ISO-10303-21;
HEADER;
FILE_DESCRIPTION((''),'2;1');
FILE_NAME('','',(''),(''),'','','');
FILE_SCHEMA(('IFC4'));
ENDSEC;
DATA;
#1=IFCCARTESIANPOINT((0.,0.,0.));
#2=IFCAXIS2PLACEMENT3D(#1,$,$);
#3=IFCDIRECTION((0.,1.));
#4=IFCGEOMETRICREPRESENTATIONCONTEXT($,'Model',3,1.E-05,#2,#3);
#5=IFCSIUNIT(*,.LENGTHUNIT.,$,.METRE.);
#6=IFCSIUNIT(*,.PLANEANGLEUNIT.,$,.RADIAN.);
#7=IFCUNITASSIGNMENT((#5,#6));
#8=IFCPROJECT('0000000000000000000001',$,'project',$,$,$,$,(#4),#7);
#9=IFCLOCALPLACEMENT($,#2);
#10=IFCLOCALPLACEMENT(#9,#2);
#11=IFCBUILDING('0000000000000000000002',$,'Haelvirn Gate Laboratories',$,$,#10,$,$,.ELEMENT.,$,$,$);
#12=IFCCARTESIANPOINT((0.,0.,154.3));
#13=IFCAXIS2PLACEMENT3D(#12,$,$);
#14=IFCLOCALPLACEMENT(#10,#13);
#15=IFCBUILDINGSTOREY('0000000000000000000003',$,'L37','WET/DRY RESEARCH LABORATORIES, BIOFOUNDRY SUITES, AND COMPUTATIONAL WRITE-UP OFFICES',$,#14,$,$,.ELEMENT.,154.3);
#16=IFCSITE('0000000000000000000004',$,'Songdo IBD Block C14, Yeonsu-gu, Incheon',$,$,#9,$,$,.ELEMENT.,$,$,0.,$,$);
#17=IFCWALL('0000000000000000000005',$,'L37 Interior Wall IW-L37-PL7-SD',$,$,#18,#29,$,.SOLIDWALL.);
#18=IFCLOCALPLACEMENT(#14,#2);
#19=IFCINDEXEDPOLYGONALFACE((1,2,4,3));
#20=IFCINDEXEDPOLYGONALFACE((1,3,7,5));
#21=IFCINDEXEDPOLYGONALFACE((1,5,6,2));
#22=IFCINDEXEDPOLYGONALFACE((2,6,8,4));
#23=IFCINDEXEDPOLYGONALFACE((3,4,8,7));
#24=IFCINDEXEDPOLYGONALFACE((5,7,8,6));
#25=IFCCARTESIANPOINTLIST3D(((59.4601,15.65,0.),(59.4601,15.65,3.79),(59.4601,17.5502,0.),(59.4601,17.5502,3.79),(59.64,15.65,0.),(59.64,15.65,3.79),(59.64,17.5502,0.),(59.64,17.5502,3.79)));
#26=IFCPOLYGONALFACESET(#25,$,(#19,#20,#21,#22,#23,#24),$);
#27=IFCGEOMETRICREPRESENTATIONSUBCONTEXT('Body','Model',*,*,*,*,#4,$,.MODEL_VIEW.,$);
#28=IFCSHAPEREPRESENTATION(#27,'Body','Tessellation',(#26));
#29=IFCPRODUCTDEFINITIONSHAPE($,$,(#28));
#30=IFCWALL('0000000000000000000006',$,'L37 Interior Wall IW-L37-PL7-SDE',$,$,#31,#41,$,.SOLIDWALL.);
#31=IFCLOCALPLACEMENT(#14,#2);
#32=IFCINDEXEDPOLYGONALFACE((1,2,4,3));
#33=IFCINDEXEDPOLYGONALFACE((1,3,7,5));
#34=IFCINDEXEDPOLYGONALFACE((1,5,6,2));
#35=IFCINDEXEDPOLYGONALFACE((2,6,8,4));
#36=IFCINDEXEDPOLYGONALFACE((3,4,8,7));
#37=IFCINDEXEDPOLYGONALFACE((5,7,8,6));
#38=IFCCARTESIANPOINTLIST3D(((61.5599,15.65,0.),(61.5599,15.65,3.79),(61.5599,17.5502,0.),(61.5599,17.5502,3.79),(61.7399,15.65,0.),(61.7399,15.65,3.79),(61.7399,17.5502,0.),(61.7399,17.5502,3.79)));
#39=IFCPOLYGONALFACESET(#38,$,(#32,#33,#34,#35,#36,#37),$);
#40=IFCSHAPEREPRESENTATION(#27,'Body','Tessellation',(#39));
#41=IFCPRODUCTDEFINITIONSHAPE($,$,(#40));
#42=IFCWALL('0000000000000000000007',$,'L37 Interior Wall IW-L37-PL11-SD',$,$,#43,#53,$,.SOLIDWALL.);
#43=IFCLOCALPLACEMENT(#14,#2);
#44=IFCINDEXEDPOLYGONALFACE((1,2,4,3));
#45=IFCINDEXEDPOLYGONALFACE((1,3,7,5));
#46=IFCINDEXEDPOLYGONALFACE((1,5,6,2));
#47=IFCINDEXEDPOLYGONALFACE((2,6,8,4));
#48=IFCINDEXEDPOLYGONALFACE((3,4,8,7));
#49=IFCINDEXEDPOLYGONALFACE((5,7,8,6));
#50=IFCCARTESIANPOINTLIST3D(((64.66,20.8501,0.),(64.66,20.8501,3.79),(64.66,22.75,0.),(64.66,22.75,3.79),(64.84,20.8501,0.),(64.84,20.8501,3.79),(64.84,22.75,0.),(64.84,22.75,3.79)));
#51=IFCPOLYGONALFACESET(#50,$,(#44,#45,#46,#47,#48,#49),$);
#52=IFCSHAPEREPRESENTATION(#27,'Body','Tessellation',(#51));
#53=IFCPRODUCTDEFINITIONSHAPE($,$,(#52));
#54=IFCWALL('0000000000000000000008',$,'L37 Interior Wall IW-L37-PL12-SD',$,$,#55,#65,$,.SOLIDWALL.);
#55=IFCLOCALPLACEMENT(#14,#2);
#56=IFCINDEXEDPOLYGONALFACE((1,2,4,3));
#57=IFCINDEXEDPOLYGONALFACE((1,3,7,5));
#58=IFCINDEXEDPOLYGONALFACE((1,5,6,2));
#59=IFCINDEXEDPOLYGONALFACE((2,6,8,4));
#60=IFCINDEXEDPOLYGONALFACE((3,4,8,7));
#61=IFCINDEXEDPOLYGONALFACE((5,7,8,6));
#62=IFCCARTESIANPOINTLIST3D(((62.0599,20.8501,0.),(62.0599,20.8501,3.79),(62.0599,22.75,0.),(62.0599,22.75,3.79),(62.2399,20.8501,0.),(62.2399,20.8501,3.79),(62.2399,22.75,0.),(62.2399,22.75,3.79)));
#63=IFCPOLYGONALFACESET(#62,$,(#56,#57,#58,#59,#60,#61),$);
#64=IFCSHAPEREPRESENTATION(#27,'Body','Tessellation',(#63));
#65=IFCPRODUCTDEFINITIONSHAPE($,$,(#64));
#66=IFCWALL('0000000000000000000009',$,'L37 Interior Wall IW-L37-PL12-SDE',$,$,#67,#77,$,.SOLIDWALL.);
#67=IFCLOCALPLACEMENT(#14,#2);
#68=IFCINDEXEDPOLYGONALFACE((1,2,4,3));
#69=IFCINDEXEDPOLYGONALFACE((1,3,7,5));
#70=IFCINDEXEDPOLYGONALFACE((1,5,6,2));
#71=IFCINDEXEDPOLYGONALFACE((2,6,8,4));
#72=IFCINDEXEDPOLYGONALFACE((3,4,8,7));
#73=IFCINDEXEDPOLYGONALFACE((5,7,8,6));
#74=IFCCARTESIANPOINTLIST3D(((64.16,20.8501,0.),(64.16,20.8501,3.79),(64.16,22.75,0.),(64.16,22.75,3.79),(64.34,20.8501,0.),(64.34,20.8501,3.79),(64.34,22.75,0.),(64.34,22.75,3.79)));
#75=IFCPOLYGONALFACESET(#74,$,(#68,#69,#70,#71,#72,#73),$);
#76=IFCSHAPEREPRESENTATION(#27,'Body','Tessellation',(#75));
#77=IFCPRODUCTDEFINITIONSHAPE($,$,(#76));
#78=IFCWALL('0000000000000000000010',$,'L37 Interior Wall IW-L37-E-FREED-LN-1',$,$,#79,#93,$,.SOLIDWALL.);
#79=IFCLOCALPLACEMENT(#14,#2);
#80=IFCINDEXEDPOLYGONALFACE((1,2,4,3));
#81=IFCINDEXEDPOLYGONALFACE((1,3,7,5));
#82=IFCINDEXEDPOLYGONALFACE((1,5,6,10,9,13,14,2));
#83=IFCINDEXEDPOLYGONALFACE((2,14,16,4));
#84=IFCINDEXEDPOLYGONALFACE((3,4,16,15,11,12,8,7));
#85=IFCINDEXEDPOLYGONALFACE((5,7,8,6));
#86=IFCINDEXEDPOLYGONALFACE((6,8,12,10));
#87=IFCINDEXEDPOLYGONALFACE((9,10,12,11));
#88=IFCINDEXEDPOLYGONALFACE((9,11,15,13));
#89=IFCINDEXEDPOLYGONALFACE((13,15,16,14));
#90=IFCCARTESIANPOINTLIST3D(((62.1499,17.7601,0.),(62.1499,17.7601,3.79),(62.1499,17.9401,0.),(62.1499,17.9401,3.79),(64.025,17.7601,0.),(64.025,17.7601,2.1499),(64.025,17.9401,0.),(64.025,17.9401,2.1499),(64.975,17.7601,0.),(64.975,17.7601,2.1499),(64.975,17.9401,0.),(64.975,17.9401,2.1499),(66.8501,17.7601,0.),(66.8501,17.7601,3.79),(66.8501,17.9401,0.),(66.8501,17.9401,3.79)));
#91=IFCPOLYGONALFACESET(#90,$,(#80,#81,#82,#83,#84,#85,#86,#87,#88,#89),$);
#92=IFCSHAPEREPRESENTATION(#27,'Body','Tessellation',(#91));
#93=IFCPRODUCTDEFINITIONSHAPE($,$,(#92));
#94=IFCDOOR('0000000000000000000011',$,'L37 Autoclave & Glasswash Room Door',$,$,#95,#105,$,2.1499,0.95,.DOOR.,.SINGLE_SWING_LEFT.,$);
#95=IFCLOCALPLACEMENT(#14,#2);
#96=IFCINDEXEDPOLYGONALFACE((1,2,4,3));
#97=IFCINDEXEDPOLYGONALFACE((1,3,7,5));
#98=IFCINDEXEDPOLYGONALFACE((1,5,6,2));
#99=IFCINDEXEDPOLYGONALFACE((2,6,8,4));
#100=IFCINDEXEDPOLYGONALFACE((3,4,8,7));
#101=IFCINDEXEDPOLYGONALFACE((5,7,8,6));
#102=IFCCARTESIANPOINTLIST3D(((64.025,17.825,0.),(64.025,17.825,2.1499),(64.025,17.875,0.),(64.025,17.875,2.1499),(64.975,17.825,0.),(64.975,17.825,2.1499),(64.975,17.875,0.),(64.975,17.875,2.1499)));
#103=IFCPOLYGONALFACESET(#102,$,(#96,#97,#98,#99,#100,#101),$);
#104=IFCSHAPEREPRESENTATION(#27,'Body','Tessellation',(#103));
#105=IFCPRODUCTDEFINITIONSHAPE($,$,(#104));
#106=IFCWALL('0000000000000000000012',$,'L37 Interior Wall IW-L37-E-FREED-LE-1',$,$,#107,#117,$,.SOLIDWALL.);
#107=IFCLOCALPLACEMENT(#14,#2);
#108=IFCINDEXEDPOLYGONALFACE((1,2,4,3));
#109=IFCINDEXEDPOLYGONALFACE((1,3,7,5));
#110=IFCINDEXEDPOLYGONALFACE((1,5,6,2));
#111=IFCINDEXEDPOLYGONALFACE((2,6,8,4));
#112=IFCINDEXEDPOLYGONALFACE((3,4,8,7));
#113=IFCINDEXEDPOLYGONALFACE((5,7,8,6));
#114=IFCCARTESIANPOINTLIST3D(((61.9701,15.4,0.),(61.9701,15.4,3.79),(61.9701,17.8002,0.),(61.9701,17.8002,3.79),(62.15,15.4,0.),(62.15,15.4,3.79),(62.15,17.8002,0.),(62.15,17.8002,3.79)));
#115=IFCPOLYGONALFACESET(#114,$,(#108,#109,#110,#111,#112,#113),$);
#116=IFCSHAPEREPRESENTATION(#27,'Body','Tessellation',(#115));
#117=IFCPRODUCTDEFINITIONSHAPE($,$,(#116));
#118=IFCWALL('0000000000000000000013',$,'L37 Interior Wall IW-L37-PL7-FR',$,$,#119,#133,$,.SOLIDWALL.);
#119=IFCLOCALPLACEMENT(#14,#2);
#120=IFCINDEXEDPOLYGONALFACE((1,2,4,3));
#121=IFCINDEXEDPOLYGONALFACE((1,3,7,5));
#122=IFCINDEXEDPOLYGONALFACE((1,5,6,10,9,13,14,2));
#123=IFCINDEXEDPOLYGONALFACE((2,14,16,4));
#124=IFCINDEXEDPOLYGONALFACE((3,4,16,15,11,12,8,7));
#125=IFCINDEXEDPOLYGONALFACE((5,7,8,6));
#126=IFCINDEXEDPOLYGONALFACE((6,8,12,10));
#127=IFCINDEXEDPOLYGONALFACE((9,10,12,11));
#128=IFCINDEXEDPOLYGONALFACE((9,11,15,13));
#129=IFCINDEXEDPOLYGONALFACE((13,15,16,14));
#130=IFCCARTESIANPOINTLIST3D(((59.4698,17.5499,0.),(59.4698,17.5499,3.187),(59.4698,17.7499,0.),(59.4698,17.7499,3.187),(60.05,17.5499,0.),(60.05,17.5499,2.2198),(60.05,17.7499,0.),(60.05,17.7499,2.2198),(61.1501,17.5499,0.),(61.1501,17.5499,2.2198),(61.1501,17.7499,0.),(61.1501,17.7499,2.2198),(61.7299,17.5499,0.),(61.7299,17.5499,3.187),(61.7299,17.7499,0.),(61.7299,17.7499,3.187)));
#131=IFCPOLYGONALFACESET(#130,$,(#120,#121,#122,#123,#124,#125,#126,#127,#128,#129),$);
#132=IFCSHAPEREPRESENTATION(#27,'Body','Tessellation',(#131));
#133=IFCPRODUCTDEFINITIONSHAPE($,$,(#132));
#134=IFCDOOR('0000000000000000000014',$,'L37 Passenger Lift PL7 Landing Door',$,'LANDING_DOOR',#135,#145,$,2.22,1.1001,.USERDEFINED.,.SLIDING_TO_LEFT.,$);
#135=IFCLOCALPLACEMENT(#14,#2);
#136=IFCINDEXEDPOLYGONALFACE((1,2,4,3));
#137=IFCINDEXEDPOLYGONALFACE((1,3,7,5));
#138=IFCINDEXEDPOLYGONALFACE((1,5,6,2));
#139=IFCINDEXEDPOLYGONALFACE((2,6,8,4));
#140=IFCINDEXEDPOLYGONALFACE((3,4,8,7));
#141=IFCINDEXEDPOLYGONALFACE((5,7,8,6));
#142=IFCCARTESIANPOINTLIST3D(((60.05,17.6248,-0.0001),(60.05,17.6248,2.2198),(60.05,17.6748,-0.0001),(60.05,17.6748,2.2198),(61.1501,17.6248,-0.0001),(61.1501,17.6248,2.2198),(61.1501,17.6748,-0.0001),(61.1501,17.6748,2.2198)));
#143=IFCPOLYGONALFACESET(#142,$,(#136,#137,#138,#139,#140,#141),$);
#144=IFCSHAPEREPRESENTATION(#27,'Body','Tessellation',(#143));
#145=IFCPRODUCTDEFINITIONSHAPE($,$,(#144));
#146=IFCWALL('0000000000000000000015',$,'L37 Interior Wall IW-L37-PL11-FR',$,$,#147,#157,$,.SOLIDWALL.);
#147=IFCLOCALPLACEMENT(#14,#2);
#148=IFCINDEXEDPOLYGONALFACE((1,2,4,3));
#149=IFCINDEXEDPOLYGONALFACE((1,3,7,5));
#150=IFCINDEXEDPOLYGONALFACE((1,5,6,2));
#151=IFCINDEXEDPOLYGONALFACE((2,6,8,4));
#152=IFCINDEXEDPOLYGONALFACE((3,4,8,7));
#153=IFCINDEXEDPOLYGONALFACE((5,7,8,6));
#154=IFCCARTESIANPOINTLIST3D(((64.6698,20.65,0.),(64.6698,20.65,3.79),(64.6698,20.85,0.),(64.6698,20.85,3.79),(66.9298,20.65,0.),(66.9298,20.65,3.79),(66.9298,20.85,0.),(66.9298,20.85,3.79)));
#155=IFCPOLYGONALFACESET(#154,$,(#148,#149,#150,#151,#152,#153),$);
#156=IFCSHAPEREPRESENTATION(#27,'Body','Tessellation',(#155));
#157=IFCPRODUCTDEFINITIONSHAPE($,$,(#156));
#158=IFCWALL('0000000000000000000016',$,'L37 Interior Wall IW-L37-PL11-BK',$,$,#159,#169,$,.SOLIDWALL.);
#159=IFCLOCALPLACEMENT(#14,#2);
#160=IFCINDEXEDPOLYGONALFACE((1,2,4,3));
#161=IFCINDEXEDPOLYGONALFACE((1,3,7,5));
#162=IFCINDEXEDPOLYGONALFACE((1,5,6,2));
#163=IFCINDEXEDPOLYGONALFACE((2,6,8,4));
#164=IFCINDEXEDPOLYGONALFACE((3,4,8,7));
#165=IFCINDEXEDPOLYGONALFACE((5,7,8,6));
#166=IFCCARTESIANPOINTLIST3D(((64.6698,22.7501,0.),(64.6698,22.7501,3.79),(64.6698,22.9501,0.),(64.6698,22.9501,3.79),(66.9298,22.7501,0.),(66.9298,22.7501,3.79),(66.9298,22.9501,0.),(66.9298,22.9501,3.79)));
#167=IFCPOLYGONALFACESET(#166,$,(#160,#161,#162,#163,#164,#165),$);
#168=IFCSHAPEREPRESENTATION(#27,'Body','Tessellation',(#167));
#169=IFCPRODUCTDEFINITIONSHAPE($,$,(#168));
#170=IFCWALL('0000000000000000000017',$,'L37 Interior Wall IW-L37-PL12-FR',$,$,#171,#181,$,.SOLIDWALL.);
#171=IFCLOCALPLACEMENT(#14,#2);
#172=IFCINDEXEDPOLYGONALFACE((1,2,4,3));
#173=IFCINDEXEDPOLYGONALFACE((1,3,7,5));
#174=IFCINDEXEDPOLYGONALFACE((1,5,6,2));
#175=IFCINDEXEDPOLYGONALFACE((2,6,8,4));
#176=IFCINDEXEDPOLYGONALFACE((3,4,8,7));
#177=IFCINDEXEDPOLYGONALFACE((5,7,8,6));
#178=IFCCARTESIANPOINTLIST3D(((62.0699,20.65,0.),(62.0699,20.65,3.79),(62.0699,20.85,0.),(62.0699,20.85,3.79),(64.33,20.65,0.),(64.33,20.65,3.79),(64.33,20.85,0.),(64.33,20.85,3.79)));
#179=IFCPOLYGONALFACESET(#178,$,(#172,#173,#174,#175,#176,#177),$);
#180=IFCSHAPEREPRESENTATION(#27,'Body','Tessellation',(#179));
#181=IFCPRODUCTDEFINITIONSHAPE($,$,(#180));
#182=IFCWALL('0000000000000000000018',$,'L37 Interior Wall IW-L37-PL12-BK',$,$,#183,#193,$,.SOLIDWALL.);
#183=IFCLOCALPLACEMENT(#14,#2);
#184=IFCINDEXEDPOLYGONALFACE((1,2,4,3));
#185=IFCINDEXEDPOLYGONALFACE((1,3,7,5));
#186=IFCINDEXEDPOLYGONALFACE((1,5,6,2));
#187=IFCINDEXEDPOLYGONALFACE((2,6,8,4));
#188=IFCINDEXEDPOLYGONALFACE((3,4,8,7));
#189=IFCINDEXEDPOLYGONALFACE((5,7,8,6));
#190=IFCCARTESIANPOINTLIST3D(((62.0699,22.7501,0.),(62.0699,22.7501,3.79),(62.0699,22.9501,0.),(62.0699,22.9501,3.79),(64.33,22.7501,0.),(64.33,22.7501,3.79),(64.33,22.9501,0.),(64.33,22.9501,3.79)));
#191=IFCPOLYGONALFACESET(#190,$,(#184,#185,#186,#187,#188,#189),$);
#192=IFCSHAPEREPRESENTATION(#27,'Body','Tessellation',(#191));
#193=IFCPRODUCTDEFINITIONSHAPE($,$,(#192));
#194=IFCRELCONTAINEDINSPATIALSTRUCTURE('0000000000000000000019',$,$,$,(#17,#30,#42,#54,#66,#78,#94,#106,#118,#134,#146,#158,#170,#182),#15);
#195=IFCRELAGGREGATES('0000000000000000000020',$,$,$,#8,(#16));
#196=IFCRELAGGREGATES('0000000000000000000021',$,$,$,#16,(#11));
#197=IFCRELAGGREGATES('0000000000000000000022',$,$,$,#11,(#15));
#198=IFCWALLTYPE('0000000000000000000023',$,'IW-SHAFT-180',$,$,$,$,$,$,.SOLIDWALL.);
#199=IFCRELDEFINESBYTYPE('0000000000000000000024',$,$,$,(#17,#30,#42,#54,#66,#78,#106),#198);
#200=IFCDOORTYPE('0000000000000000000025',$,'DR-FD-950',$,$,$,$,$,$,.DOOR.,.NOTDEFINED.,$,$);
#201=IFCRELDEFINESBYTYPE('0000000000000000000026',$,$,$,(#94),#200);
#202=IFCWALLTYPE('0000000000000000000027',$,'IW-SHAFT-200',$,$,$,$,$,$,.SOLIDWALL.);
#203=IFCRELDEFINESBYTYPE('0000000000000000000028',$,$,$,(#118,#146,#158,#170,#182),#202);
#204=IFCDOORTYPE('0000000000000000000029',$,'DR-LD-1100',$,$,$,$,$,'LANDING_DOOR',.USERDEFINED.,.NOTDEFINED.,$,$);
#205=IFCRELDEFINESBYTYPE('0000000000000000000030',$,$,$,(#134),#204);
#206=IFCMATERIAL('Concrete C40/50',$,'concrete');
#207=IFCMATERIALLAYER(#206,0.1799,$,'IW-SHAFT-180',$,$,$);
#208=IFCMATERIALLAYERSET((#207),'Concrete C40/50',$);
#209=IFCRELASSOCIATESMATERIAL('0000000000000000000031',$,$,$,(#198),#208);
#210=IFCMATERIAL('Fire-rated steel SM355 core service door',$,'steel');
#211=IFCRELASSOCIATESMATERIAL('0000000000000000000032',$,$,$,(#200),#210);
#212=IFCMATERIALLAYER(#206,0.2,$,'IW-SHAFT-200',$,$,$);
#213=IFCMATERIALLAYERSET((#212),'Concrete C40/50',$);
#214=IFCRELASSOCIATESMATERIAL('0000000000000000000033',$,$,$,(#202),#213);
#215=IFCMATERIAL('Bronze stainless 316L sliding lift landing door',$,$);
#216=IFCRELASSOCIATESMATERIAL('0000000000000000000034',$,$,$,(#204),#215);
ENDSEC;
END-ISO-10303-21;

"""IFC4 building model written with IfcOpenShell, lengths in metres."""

from ifc_helpers import new_model, si_unit, direction, frame, frame_2d, origin, place, context, subcontext, project, spatial, rectangle, extrude, source, transform, mapped, material, layer, layer_set, type_object, type_shapes, element, fill, save


model = new_model("IFC4")

# Units and contexts
model_context = context("Model", 3, precision=1e-05, world=origin(), true_north=direction((0.0, 1.0)))
body_context = subcontext(model_context, "Body", "Model", "MODEL_VIEW")
ifc_project = project(units=[si_unit("LENGTHUNIT", "METRE"), si_unit("PLANEANGLEUNIT", "RADIAN")], contexts=[model_context])

# Site, building, storey
site_placement = place(None, origin())
site = spatial("IfcSite", under=ifc_project, at=site_placement, Name="Songdo IBD Block C14, Yeonsu-gu, Incheon", CompositionType="ELEMENT", RefElevation=0.0)
building_placement = place(site_placement, origin())
building = spatial("IfcBuilding", under=site, at=building_placement, Name="Haelvirn Gate Laboratories", CompositionType="ELEMENT")
storey_placement = place(building_placement, frame((0.0, 0.0, 154.3)))
storey = spatial("IfcBuildingStorey", under=building, at=storey_placement, Name="L37", Description="WET/DRY RESEARCH LABORATORIES, BIOFOUNDRY SUITES, AND COMPUTATIONAL WRITE-UP OFFICES", CompositionType="ELEMENT", Elevation=154.3)

# Walls
ifc_material_1 = material(Name="Concrete C40/50", Category="concrete")
ifc_layer_1 = layer(ifc_material_1, 0.1799, Name="IW-SHAFT-180")
ifc_layer_set_1 = layer_set([ifc_layer_1], Name="Concrete C40/50")
wall_type_1 = type_object("IfcWallType", Name="IW-SHAFT-180", PredefinedType="SOLIDWALL", material=ifc_layer_set_1)
for number, where, z_axis, x_axis, name in (
    (1, (59.55, 15.6499, 0.0), (0.0, 0.0, 1.0), (0.0, 1.0, 0.0), "L37 Interior Wall IW-L37-PL7-SD"),
    (2, (61.6499, 15.6499, 0.0), (0.0, 0.0, 1.0), (0.0, 1.0, 0.0), "L37 Interior Wall IW-L37-PL7-SDE"),
):
    element("IfcWall", number, at=place(storey_placement, frame(where, z_axis=z_axis, x_axis=x_axis)), inside=storey, type_object=wall_type_1, Name=name, PredefinedType="SOLIDWALL", context=body_context, shape_type="SweptSolid", body=[
        extrude(rectangle(XDim=1.9001, YDim=0.1799, at=frame_2d((0.9502, 0.0))), origin(), (0.0, 0.0, 1.0), 3.79),
    ])
for number, where, z_axis, x_axis, name in (
    (3, (64.75, 20.8501, 0.0), (0.0, 0.0, 1.0), (0.0, 1.0, 0.0), "L37 Interior Wall IW-L37-PL11-SD"),
    (4, (62.1499, 20.8501, 0.0), (0.0, 0.0, 1.0), (0.0, 1.0, 0.0), "L37 Interior Wall IW-L37-PL12-SD"),
    (5, (64.25, 20.8501, 0.0), (0.0, 0.0, 1.0), (0.0, 1.0, 0.0), "L37 Interior Wall IW-L37-PL12-SDE"),
):
    element("IfcWall", number, at=place(storey_placement, frame(where, z_axis=z_axis, x_axis=x_axis)), inside=storey, type_object=wall_type_1, Name=name, PredefinedType="SOLIDWALL", context=body_context, shape_type="SweptSolid", body=[
        extrude(rectangle(XDim=1.8999, YDim=0.1799, at=frame_2d((0.95, 0.0))), origin(), (0.0, 0.0, 1.0), 3.79),
    ])

# Wall, opening, door
wall_1_placement = place(storey_placement, frame((62.1499, 17.8501, 0.0), z_axis=(0.0, 0.0, 1.0), x_axis=(1.0, 0.0, 0.0)))
wall_1 = element("IfcWall", 6, at=wall_1_placement, inside=storey, type_object=wall_type_1, Name="L37 Interior Wall IW-L37-E-FREED-LN-1", PredefinedType="SOLIDWALL", context=body_context, shape_type="SweptSolid", body=[
    extrude(rectangle(XDim=4.7002, YDim=0.1799, at=frame_2d((2.3501, 0.0))), origin(), (0.0, 0.0, 1.0), 3.79),
])
opening_1_placement = place(wall_1_placement, frame((1.875, 0.0, 0.0)))
opening_1 = element("IfcOpeningElement", 7, at=opening_1_placement, cuts=wall_1, PredefinedType="OPENING", context=body_context, shape_type="SweptSolid", body=[
    extrude(rectangle(XDim=0.95, YDim=2.1499, at=frame_2d((0.4751, 1.075))), frame((0.0, 0.1001, 0.0), z_axis=(0.0, -1.0, 0.0), x_axis=(1.0, 0.0, 0.0)), (0.0, 0.0, 1.0), 0.2),
])
ifc_material_2 = material(Name="Fire-rated steel SM355 core service door", Category="steel")
door_type_1 = type_object("IfcDoorType", Name="DR-FD-950", OperationType="NOTDEFINED", PredefinedType="DOOR", material=ifc_material_2)
shared_shape_1 = source(origin(), body_context, "Body", "SweptSolid", [
    extrude(rectangle(XDim=0.95, YDim=2.1499, at=frame_2d((0.4751, 1.075))), frame((0.0, 0.0249, 0.0), z_axis=(0.0, -1.0, 0.0), x_axis=(1.0, 0.0, 0.0)), (0.0, 0.0, 1.0), 0.05),
])
type_shapes(door_type_1, [shared_shape_1])
door_1_placement = place(opening_1_placement, origin())
door_1 = element("IfcDoor", 8, at=door_1_placement, inside=storey, type_object=door_type_1, Name="L37 Autoclave & Glasswash Room Door", OperationType="SINGLE_SWING_LEFT", OverallHeight=2.1499, OverallWidth=0.95, PredefinedType="DOOR", context=body_context, shape_type="MappedRepresentation", body=[
    mapped(shared_shape_1, transform((0.0, 0.0, 0.0), scale=1.0)),
])
fill(opening_1, door_1)

# Wall
wall_2_placement = place(storey_placement, frame((62.0601, 15.3999, 0.0), z_axis=(0.0, 0.0, 1.0), x_axis=(0.0, 1.0, 0.0)))
element("IfcWall", 9, at=wall_2_placement, inside=storey, type_object=wall_type_1, Name="L37 Interior Wall IW-L37-E-FREED-LE-1", PredefinedType="SOLIDWALL", context=body_context, shape_type="SweptSolid", body=[
    extrude(rectangle(XDim=2.4001, YDim=0.1799, at=frame_2d((1.2002, 0.0))), origin(), (0.0, 0.0, 1.0), 3.79),
])

# Wall, opening, door
ifc_layer_2 = layer(ifc_material_1, 0.2, Name="IW-SHAFT-200")
ifc_layer_set_2 = layer_set([ifc_layer_2], Name="Concrete C40/50")
wall_type_2 = type_object("IfcWallType", Name="IW-SHAFT-200", PredefinedType="SOLIDWALL", material=ifc_layer_set_2)
wall_3_placement = place(storey_placement, frame((59.47, 17.6499, 0.0), z_axis=(0.0, 0.0, 1.0), x_axis=(1.0, 0.0, 0.0)))
wall_3 = element("IfcWall", 10, at=wall_3_placement, inside=storey, type_object=wall_type_2, Name="L37 Interior Wall IW-L37-PL7-FR", PredefinedType="SOLIDWALL", context=body_context, shape_type="SweptSolid", body=[
    extrude(rectangle(XDim=2.26, YDim=0.2, at=frame_2d((1.1299, 0.0))), origin(), (0.0, 0.0, 1.0), 3.187),
])
opening_2_placement = place(wall_3_placement, frame((0.5801, 0.0, 0.0)))
opening_2 = element("IfcOpeningElement", 11, at=opening_2_placement, cuts=wall_3, PredefinedType="OPENING", context=body_context, shape_type="SweptSolid", body=[
    extrude(rectangle(XDim=1.1001, YDim=2.22, at=frame_2d((0.55, 1.1099))), frame((0.0, 0.1099, 0.0), z_axis=(0.0, -1.0, 0.0), x_axis=(1.0, 0.0, 0.0)), (0.0, 0.0, 1.0), 0.22),
])
ifc_material_3 = material(Name="Bronze stainless 316L sliding lift landing door")
door_type_2 = type_object("IfcDoorType", Name="DR-LD-1100", ElementType="LANDING_DOOR", OperationType="NOTDEFINED", PredefinedType="USERDEFINED", material=ifc_material_3)
shared_shape_2 = source(origin(), body_context, "Body", "SweptSolid", [
    extrude(rectangle(XDim=1.1001, YDim=2.22, at=frame_2d((0.55, 1.1099))), frame((0.0, 0.0249, 0.0), z_axis=(0.0, -1.0, 0.0), x_axis=(1.0, 0.0, 0.0)), (0.0, 0.0, 1.0), 0.05),
])
type_shapes(door_type_2, [shared_shape_2])
door_2_placement = place(opening_2_placement, origin())
door_2 = element("IfcDoor", 12, at=door_2_placement, inside=storey, type_object=door_type_2, Name="L37 Passenger Lift PL7 Landing Door", ObjectType="LANDING_DOOR", OperationType="SLIDING_TO_LEFT", OverallHeight=2.22, OverallWidth=1.1001, PredefinedType="USERDEFINED", context=body_context, shape_type="MappedRepresentation", body=[
    mapped(shared_shape_2, transform((0.0, 0.0, 0.0), scale=1.0)),
])
fill(opening_2, door_2)

# Walls
for number, where, z_axis, x_axis, name in (
    (13, (64.6699, 20.75, 0.0), (0.0, 0.0, 1.0), (1.0, 0.0, 0.0), "L37 Interior Wall IW-L37-PL11-FR"),
    (14, (64.6699, 22.8501, 0.0), (0.0, 0.0, 1.0), (1.0, 0.0, 0.0), "L37 Interior Wall IW-L37-PL11-BK"),
    (15, (62.0701, 20.75, 0.0), (0.0, 0.0, 1.0), (1.0, 0.0, 0.0), "L37 Interior Wall IW-L37-PL12-FR"),
    (16, (62.0701, 22.8501, 0.0), (0.0, 0.0, 1.0), (1.0, 0.0, 0.0), "L37 Interior Wall IW-L37-PL12-BK"),
):
    element("IfcWall", number, at=place(storey_placement, frame(where, z_axis=z_axis, x_axis=x_axis)), inside=storey, type_object=wall_type_2, Name=name, PredefinedType="SOLIDWALL", context=body_context, shape_type="SweptSolid", body=[
        extrude(rectangle(XDim=2.26, YDim=0.2, at=frame_2d((1.1299, 0.0))), origin(), (0.0, 0.0, 1.0), 3.79),
    ])

save(model, "model.ifc")
